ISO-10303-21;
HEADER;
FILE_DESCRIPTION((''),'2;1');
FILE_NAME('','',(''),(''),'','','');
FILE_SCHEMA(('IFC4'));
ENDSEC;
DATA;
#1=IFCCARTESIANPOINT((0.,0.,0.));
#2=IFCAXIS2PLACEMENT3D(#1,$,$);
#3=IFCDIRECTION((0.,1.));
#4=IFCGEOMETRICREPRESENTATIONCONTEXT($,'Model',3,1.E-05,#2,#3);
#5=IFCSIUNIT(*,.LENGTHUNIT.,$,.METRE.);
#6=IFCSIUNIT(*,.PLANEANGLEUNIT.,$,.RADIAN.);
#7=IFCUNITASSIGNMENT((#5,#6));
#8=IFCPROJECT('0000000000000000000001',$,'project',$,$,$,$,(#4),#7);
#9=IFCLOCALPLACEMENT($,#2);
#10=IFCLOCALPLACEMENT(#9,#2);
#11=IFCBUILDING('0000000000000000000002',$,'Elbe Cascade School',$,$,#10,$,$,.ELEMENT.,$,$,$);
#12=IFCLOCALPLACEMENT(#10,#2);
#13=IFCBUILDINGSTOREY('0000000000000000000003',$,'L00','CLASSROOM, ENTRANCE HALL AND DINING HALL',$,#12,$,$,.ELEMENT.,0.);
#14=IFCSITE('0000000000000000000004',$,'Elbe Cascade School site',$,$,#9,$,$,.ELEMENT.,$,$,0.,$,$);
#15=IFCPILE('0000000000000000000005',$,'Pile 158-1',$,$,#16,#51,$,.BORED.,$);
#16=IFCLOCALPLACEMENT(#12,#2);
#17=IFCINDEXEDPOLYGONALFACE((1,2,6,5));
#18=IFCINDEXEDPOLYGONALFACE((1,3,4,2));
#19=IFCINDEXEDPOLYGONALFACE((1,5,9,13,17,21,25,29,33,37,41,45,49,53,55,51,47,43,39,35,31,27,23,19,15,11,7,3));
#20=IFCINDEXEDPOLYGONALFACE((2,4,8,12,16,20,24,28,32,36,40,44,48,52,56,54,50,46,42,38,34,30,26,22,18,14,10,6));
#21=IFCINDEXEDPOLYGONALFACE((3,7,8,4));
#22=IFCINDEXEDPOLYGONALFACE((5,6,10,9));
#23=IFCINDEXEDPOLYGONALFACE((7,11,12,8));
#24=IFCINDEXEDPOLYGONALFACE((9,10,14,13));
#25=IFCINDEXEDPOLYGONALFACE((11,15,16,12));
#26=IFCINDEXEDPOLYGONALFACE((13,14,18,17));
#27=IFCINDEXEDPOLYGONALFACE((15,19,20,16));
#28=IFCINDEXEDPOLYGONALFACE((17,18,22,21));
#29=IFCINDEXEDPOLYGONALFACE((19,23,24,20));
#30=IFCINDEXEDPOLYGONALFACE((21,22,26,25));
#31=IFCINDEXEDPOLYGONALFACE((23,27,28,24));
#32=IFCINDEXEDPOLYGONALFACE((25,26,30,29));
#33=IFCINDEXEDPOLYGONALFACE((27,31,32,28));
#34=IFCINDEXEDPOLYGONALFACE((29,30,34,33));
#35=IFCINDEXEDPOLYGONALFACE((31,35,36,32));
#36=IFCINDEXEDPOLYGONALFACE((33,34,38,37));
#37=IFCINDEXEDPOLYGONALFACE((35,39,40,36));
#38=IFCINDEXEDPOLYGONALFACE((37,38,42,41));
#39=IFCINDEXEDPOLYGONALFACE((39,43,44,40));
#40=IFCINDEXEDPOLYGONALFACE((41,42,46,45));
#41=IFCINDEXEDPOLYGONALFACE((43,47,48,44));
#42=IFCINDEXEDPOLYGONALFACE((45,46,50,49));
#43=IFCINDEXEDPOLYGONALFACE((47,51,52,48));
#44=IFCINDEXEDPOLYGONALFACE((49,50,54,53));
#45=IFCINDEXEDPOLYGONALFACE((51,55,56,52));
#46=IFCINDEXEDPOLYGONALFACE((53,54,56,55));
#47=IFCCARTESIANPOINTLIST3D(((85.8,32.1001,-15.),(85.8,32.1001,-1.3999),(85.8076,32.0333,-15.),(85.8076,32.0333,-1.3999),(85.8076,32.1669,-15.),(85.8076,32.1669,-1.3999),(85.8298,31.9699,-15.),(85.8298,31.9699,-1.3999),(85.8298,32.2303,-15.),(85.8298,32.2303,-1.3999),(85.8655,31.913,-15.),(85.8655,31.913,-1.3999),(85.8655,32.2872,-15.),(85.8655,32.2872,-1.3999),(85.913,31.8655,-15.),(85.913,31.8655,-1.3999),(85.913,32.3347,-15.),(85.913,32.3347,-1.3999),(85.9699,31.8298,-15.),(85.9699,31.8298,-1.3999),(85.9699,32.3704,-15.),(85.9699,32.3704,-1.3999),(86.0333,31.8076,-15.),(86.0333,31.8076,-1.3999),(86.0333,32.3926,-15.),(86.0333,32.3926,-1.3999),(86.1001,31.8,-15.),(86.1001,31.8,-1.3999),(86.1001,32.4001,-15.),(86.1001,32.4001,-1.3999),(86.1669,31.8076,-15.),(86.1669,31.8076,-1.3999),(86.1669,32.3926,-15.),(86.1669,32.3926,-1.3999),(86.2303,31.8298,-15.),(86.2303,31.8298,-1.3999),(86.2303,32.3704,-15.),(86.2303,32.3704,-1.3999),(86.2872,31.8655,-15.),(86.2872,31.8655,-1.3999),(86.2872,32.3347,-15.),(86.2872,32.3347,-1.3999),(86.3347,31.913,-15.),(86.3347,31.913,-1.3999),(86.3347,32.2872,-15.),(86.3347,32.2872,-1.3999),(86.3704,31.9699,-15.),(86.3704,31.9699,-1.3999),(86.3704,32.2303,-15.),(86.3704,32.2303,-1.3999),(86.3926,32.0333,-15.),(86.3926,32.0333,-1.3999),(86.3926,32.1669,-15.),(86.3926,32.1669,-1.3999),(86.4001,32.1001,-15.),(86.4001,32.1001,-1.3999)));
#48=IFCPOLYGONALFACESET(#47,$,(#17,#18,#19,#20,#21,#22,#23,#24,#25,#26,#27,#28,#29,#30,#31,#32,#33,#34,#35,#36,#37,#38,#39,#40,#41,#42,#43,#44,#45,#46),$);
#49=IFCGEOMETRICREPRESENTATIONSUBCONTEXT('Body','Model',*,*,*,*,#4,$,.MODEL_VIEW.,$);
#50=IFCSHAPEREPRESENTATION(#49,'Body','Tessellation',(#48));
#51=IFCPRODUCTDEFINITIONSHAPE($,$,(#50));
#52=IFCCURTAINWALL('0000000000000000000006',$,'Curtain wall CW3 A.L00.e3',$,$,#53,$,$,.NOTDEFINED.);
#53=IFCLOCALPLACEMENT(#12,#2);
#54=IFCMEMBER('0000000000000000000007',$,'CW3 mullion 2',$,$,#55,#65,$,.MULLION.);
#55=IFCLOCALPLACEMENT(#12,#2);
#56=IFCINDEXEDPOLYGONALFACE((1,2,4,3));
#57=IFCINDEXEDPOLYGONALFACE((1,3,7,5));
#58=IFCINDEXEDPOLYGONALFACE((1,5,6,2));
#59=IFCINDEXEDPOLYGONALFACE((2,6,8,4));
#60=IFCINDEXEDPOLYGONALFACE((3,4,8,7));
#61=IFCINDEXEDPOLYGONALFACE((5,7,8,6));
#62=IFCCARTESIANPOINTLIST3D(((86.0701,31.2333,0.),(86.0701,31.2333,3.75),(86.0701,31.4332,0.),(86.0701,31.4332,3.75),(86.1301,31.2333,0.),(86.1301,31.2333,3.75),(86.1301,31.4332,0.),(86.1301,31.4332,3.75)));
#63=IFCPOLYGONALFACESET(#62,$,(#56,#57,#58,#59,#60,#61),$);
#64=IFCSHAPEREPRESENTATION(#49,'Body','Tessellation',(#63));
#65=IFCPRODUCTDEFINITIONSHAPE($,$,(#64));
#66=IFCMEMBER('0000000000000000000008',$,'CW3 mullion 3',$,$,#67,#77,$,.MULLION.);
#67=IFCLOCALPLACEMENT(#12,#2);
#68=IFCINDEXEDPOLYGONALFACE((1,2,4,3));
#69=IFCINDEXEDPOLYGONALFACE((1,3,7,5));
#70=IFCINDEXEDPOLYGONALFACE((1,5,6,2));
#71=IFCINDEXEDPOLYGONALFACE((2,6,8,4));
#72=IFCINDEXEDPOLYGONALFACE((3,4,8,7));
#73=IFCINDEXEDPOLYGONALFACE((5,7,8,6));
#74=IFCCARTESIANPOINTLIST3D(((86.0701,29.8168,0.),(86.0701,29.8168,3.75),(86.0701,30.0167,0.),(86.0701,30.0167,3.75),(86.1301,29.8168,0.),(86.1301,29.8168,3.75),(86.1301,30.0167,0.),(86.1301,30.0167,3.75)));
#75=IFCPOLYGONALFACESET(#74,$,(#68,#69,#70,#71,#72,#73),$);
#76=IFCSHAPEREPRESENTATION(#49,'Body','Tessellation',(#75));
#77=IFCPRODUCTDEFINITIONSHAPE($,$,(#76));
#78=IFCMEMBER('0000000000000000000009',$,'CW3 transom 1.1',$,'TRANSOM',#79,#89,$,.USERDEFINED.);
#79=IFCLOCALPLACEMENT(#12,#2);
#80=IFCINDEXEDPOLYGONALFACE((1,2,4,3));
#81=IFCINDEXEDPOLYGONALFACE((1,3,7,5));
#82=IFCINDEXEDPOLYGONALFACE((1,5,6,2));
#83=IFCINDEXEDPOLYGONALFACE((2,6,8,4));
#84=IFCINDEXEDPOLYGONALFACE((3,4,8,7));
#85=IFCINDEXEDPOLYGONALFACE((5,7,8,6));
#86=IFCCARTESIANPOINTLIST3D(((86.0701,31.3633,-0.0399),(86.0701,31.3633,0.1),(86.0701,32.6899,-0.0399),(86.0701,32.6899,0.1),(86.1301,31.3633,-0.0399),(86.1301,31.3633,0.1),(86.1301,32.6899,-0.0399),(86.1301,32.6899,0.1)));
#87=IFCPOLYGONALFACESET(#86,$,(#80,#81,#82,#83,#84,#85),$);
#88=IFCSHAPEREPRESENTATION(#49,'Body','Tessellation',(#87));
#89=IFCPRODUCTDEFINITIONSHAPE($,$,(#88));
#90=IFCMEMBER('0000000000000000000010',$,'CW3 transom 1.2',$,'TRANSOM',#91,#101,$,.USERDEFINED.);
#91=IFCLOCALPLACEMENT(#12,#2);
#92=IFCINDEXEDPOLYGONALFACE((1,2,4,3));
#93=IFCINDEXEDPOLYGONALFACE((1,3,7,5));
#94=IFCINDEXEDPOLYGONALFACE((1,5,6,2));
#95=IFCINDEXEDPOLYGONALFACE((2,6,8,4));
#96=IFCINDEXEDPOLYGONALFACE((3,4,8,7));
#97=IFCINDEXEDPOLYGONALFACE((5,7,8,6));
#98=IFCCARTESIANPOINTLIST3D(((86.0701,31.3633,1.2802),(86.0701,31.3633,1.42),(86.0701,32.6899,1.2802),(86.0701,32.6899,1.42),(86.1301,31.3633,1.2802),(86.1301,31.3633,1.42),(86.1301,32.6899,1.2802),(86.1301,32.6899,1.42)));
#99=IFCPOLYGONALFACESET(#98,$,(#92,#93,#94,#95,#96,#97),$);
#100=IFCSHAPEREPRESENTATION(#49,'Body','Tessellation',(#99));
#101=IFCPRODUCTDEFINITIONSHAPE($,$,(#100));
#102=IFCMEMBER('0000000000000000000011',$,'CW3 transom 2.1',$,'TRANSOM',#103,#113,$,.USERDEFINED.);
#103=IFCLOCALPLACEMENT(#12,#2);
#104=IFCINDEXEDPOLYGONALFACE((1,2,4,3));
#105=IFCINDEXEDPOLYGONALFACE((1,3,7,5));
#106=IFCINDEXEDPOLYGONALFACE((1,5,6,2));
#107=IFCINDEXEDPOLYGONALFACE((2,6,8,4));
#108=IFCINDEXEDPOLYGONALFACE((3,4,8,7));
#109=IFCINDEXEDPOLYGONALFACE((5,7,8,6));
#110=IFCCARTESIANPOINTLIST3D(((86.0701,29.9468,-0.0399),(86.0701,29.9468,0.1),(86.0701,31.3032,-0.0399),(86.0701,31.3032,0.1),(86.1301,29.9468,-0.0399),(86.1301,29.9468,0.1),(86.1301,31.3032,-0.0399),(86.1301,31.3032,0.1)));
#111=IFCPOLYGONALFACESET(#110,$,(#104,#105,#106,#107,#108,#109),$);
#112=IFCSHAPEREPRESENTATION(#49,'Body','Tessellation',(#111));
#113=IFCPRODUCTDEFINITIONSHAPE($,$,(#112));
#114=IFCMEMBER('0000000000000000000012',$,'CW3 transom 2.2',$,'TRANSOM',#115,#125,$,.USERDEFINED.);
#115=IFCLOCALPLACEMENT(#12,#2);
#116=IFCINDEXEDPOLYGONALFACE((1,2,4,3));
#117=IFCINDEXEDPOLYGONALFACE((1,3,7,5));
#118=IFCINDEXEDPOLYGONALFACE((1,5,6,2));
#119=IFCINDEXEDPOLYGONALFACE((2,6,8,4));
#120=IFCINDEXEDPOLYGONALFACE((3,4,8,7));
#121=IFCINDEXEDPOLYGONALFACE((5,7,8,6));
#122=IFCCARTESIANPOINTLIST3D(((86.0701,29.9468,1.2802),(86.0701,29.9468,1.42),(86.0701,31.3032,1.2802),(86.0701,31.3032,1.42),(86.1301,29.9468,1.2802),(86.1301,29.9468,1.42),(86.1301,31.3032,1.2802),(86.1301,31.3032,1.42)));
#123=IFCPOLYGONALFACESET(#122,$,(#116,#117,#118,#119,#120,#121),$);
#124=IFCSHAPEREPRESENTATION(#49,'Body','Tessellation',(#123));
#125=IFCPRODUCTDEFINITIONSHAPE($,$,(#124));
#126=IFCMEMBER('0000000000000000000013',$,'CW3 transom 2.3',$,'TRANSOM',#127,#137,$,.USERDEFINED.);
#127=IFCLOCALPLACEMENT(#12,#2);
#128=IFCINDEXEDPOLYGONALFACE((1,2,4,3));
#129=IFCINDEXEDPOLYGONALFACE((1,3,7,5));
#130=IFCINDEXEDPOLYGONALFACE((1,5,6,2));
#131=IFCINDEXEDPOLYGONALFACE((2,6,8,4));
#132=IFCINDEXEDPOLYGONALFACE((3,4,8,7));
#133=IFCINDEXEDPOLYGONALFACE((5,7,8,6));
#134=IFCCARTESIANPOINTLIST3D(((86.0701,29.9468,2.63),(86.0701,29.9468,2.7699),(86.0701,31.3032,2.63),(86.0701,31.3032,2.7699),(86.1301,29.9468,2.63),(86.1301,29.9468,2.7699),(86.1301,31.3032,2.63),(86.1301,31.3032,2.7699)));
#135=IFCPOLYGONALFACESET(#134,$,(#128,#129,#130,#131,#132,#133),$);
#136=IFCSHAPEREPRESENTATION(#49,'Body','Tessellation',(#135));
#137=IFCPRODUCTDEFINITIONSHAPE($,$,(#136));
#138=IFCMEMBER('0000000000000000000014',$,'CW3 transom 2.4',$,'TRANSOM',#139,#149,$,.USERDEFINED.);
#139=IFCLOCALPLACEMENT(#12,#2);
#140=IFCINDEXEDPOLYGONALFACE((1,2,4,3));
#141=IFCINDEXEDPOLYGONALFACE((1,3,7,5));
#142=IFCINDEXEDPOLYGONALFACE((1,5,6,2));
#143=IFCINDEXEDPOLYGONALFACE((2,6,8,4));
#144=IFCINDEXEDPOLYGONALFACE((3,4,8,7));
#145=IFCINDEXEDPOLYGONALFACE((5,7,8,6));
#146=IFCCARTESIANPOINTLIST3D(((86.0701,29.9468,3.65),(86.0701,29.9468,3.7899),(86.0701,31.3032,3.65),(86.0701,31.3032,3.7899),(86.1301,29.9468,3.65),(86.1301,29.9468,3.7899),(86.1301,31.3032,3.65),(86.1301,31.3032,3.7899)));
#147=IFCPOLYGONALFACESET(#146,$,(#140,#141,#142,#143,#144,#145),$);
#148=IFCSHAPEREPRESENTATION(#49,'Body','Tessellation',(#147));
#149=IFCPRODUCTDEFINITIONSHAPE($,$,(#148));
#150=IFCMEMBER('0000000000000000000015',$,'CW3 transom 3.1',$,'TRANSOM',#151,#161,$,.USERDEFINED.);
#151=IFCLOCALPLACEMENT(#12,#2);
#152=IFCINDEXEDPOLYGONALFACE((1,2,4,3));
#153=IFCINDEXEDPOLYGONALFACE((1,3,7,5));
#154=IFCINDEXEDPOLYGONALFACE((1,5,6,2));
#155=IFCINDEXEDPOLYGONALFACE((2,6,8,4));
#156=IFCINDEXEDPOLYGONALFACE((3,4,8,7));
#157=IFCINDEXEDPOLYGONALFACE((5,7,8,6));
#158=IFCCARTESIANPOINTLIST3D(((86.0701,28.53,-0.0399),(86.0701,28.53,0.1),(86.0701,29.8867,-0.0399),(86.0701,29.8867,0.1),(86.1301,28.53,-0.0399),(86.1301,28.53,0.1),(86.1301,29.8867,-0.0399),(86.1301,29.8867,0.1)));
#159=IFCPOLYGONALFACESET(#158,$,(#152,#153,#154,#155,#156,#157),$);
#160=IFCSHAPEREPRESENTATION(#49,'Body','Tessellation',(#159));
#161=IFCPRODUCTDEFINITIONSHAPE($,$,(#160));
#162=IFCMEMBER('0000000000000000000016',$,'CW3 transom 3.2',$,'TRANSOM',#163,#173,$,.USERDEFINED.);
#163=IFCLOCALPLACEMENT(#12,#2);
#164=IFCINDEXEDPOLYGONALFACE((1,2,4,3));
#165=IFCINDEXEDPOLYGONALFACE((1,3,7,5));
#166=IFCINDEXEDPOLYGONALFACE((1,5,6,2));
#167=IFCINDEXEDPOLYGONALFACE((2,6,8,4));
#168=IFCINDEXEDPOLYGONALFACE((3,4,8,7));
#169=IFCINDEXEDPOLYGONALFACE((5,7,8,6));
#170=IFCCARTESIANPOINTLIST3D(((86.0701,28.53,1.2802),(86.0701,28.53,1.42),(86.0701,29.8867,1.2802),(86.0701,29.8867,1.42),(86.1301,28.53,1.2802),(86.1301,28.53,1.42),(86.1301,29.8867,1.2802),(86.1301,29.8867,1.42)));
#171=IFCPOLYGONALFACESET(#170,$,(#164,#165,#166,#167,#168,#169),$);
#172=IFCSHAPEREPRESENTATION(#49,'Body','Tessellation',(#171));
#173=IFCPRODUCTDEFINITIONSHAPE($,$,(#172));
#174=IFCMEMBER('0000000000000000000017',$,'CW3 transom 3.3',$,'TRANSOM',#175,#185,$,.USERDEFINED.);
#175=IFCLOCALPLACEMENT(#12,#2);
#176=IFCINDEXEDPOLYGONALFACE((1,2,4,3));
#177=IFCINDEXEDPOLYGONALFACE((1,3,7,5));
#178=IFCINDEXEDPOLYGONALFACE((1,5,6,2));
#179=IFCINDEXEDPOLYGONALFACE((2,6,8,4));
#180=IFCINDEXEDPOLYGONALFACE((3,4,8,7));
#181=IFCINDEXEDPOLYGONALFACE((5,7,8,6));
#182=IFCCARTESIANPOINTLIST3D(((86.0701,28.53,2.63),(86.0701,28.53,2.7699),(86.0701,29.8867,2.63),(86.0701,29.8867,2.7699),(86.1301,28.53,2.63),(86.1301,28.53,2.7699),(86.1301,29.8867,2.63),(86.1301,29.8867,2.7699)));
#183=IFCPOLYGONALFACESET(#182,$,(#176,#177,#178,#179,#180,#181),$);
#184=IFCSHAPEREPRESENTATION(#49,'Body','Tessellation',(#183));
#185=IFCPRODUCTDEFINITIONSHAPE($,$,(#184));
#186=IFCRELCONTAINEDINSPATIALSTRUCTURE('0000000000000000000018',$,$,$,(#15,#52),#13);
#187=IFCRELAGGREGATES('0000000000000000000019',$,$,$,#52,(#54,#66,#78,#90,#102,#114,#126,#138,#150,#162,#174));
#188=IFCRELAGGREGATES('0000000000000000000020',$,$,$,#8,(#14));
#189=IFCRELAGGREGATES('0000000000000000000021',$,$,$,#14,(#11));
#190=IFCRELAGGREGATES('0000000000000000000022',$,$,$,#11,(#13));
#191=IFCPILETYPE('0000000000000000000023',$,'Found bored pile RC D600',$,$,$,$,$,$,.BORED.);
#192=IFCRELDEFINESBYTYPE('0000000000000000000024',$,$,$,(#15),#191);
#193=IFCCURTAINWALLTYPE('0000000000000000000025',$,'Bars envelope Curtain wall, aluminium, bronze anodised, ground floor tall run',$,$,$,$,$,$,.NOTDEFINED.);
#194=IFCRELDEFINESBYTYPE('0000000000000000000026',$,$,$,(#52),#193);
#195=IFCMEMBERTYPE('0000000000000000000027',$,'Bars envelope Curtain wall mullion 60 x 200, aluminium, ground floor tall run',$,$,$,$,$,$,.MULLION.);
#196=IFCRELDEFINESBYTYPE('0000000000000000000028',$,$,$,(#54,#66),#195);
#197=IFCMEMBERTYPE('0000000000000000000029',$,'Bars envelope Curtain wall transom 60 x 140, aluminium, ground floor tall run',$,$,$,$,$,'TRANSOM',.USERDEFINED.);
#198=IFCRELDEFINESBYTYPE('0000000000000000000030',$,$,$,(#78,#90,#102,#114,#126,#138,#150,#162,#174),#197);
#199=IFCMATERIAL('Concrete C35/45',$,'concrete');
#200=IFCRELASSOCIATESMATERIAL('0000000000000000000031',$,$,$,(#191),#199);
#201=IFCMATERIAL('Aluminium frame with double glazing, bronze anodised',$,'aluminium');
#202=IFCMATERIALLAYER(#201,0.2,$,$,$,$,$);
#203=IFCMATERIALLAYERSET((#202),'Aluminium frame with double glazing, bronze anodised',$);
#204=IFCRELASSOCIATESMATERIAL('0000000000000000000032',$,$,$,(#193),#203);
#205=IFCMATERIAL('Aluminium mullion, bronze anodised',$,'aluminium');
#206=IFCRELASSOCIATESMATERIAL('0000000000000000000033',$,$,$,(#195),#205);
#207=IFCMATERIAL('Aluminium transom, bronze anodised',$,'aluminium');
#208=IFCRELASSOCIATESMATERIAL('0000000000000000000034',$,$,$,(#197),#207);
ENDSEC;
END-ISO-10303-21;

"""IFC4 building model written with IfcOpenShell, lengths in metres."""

from ifc_helpers import new_model, si_unit, direction, frame, origin, origin_2d, place, context, subcontext, project, spatial, rectangle, circle, extrude, material, layer, layer_set, material_profile, profile_set, type_object, element, aggregate, save


model = new_model("IFC4")

# Units and contexts
model_context = context("Model", 3, precision=1e-05, world=origin(), true_north=direction((0.0, 1.0)))
body_context = subcontext(model_context, "Body", "Model", "MODEL_VIEW")
ifc_project = project(units=[si_unit("LENGTHUNIT", "METRE"), si_unit("PLANEANGLEUNIT", "RADIAN")], contexts=[model_context])

# Site, building, storey
site_placement = place(None, origin())
site = spatial("IfcSite", under=ifc_project, at=site_placement, Name="Elbe Cascade School site", CompositionType="ELEMENT", RefElevation=0.0)
building_placement = place(site_placement, origin())
building = spatial("IfcBuilding", under=site, at=building_placement, Name="Elbe Cascade School", CompositionType="ELEMENT")
storey_placement = place(building_placement, origin())
storey = spatial("IfcBuildingStorey", under=building, at=storey_placement, Name="L00", Description="CLASSROOM, ENTRANCE HALL AND DINING HALL", CompositionType="ELEMENT", Elevation=0.0)

# Pile
ifc_material_1 = material(Name="Concrete C35/45", Category="concrete")
ifc_material_profile_1 = material_profile(ifc_material_1, circle(Radius=0.3, at=origin_2d()), Name="RC D600")
ifc_profile_set_1 = profile_set([ifc_material_profile_1], Name="Concrete C35/45")
pile_type = type_object("IfcPileType", Name="Found bored pile RC D600", PredefinedType="BORED", material=ifc_profile_set_1)
pile_placement = place(storey_placement, frame((86.1001, 32.1001, -1.3999), z_axis=(0.0, 0.0, -1.0), x_axis=(1.0, 0.0, 0.0)))
element("IfcPile", 1, at=pile_placement, inside=storey, type_object=pile_type, Name="Pile 158-1", PredefinedType="BORED", context=body_context, shape_type="SweptSolid", body=[
    extrude(circle(Radius=0.3, at=origin_2d()), origin(), (0.0, 0.0, 1.0), 13.6001),
])

# Curtain wall, members
ifc_material_2 = material(Name="Aluminium frame with double glazing, bronze anodised", Category="aluminium")
ifc_layer_1 = layer(ifc_material_2, 0.2)
ifc_layer_set_1 = layer_set([ifc_layer_1], Name="Aluminium frame with double glazing, bronze anodised")
curtain_wall_type = type_object("IfcCurtainWallType", Name="Bars envelope Curtain wall, aluminium, bronze anodised, ground floor tall run", PredefinedType="NOTDEFINED", material=ifc_layer_set_1)
curtain_wall_placement = place(storey_placement, origin())
curtain_wall = element("IfcCurtainWall", 2, at=curtain_wall_placement, inside=storey, type_object=curtain_wall_type, Name="Curtain wall CW3 A.L00.e3", PredefinedType="NOTDEFINED")
ifc_material_3 = material(Name="Aluminium mullion, bronze anodised", Category="aluminium")
ifc_material_profile_2 = material_profile(ifc_material_3, rectangle(XDim=0.0601, YDim=0.2, at=origin_2d()), Name="Bars envelope Curtain wall mullion 60 x 200, aluminium, ground floor tall run")
ifc_profile_set_2 = profile_set([ifc_material_profile_2], Name="Aluminium mullion, bronze anodised")
member_type_1 = type_object("IfcMemberType", Name="Bars envelope Curtain wall mullion 60 x 200, aluminium, ground floor tall run", PredefinedType="MULLION", material=ifc_profile_set_2)
member_1_placement = place(storey_placement, frame((86.1001, 31.3333, 0.0), z_axis=(0.0, 0.0, 1.0), x_axis=(1.0, 0.0, 0.0)))
member_1 = element("IfcMember", 3, at=member_1_placement, type_object=member_type_1, Name="CW3 mullion 2", PredefinedType="MULLION", context=body_context, shape_type="SweptSolid", body=[
    extrude(rectangle(XDim=0.0601, YDim=0.2, at=origin_2d()), origin(), (0.0, 0.0, 1.0), 3.75),
])
member_2_placement = place(storey_placement, frame((86.1001, 29.9167, 0.0), z_axis=(0.0, 0.0, 1.0), x_axis=(1.0, 0.0, 0.0)))
member_2 = element("IfcMember", 4, at=member_2_placement, type_object=member_type_1, Name="CW3 mullion 3", PredefinedType="MULLION", context=body_context, shape_type="SweptSolid", body=[
    extrude(rectangle(XDim=0.0601, YDim=0.2, at=origin_2d()), origin(), (0.0, 0.0, 1.0), 3.75),
])
ifc_material_4 = material(Name="Aluminium transom, bronze anodised", Category="aluminium")
ifc_material_profile_3 = material_profile(ifc_material_4, rectangle(XDim=0.0601, YDim=0.1399, at=origin_2d()), Name="Bars envelope Curtain wall transom 60 x 140, aluminium, ground floor tall run")
ifc_profile_set_3 = profile_set([ifc_material_profile_3], Name="Aluminium transom, bronze anodised")
member_type_2 = type_object("IfcMemberType", Name="Bars envelope Curtain wall transom 60 x 140, aluminium, ground floor tall run", ElementType="TRANSOM", PredefinedType="USERDEFINED", material=ifc_profile_set_3)
member_3_placement = place(storey_placement, frame((86.1001, 32.6899, 0.03), z_axis=(0.0, -1.0, 0.0), x_axis=(1.0, 0.0, 0.0)))
member_3 = element("IfcMember", 5, at=member_3_placement, type_object=member_type_2, Name="CW3 transom 1.1", ObjectType="TRANSOM", PredefinedType="USERDEFINED", context=body_context, shape_type="SweptSolid", body=[
    extrude(rectangle(XDim=0.0601, YDim=0.1399, at=origin_2d()), origin(), (0.0, 0.0, 1.0), 1.3267),
])
member_4_placement = place(storey_placement, frame((86.1001, 32.6899, 1.3501), z_axis=(0.0, -1.0, 0.0), x_axis=(1.0, 0.0, 0.0)))
member_4 = element("IfcMember", 6, at=member_4_placement, type_object=member_type_2, Name="CW3 transom 1.2", ObjectType="TRANSOM", PredefinedType="USERDEFINED", context=body_context, shape_type="SweptSolid", body=[
    extrude(rectangle(XDim=0.0601, YDim=0.1399, at=origin_2d()), origin(), (0.0, 0.0, 1.0), 1.3267),
])
member_5_placement = place(storey_placement, frame((86.1001, 31.3032, 0.03), z_axis=(0.0, -1.0, 0.0), x_axis=(1.0, 0.0, 0.0)))
member_5 = element("IfcMember", 7, at=member_5_placement, type_object=member_type_2, Name="CW3 transom 2.1", ObjectType="TRANSOM", PredefinedType="USERDEFINED", context=body_context, shape_type="SweptSolid", body=[
    extrude(rectangle(XDim=0.0601, YDim=0.1399, at=origin_2d()), origin(), (0.0, 0.0, 1.0), 1.3564),
])
member_6_placement = place(storey_placement, frame((86.1001, 31.3032, 1.3501), z_axis=(0.0, -1.0, 0.0), x_axis=(1.0, 0.0, 0.0)))
member_6 = element("IfcMember", 8, at=member_6_placement, type_object=member_type_2, Name="CW3 transom 2.2", ObjectType="TRANSOM", PredefinedType="USERDEFINED", context=body_context, shape_type="SweptSolid", body=[
    extrude(rectangle(XDim=0.0601, YDim=0.1399, at=origin_2d()), origin(), (0.0, 0.0, 1.0), 1.3564),
])
member_7_placement = place(storey_placement, frame((86.1001, 31.3032, 2.7), z_axis=(0.0, -1.0, 0.0), x_axis=(1.0, 0.0, 0.0)))
member_7 = element("IfcMember", 9, at=member_7_placement, type_object=member_type_2, Name="CW3 transom 2.3", ObjectType="TRANSOM", PredefinedType="USERDEFINED", context=body_context, shape_type="SweptSolid", body=[
    extrude(rectangle(XDim=0.0601, YDim=0.1399, at=origin_2d()), origin(), (0.0, 0.0, 1.0), 1.3564),
])
member_8_placement = place(storey_placement, frame((86.1001, 31.3032, 3.72), z_axis=(0.0, -1.0, 0.0), x_axis=(1.0, 0.0, 0.0)))
member_8 = element("IfcMember", 10, at=member_8_placement, type_object=member_type_2, Name="CW3 transom 2.4", ObjectType="TRANSOM", PredefinedType="USERDEFINED", context=body_context, shape_type="SweptSolid", body=[
    extrude(rectangle(XDim=0.0601, YDim=0.1399, at=origin_2d()), origin(), (0.0, 0.0, 1.0), 1.3564),
])
member_9_placement = place(storey_placement, frame((86.1001, 29.8867, 0.03), z_axis=(0.0, -1.0, 0.0), x_axis=(1.0, 0.0, 0.0)))
member_9 = element("IfcMember", 11, at=member_9_placement, type_object=member_type_2, Name="CW3 transom 3.1", ObjectType="TRANSOM", PredefinedType="USERDEFINED", context=body_context, shape_type="SweptSolid", body=[
    extrude(rectangle(XDim=0.0601, YDim=0.1399, at=origin_2d()), origin(), (0.0, 0.0, 1.0), 1.3567),
])
member_10_placement = place(storey_placement, frame((86.1001, 29.8867, 1.3501), z_axis=(0.0, -1.0, 0.0), x_axis=(1.0, 0.0, 0.0)))
member_10 = element("IfcMember", 12, at=member_10_placement, type_object=member_type_2, Name="CW3 transom 3.2", ObjectType="TRANSOM", PredefinedType="USERDEFINED", context=body_context, shape_type="SweptSolid", body=[
    extrude(rectangle(XDim=0.0601, YDim=0.1399, at=origin_2d()), origin(), (0.0, 0.0, 1.0), 1.3567),
])
member_11_placement = place(storey_placement, frame((86.1001, 29.8867, 2.7), z_axis=(0.0, -1.0, 0.0), x_axis=(1.0, 0.0, 0.0)))
member_11 = element("IfcMember", 13, at=member_11_placement, type_object=member_type_2, Name="CW3 transom 3.3", ObjectType="TRANSOM", PredefinedType="USERDEFINED", context=body_context, shape_type="SweptSolid", body=[
    extrude(rectangle(XDim=0.0601, YDim=0.1399, at=origin_2d()), origin(), (0.0, 0.0, 1.0), 1.3567),
])
aggregate(curtain_wall, [member_1, member_2, member_3, member_4, member_5, member_6, member_7, member_8, member_9, member_10, member_11])

save(model, "model.ifc")
